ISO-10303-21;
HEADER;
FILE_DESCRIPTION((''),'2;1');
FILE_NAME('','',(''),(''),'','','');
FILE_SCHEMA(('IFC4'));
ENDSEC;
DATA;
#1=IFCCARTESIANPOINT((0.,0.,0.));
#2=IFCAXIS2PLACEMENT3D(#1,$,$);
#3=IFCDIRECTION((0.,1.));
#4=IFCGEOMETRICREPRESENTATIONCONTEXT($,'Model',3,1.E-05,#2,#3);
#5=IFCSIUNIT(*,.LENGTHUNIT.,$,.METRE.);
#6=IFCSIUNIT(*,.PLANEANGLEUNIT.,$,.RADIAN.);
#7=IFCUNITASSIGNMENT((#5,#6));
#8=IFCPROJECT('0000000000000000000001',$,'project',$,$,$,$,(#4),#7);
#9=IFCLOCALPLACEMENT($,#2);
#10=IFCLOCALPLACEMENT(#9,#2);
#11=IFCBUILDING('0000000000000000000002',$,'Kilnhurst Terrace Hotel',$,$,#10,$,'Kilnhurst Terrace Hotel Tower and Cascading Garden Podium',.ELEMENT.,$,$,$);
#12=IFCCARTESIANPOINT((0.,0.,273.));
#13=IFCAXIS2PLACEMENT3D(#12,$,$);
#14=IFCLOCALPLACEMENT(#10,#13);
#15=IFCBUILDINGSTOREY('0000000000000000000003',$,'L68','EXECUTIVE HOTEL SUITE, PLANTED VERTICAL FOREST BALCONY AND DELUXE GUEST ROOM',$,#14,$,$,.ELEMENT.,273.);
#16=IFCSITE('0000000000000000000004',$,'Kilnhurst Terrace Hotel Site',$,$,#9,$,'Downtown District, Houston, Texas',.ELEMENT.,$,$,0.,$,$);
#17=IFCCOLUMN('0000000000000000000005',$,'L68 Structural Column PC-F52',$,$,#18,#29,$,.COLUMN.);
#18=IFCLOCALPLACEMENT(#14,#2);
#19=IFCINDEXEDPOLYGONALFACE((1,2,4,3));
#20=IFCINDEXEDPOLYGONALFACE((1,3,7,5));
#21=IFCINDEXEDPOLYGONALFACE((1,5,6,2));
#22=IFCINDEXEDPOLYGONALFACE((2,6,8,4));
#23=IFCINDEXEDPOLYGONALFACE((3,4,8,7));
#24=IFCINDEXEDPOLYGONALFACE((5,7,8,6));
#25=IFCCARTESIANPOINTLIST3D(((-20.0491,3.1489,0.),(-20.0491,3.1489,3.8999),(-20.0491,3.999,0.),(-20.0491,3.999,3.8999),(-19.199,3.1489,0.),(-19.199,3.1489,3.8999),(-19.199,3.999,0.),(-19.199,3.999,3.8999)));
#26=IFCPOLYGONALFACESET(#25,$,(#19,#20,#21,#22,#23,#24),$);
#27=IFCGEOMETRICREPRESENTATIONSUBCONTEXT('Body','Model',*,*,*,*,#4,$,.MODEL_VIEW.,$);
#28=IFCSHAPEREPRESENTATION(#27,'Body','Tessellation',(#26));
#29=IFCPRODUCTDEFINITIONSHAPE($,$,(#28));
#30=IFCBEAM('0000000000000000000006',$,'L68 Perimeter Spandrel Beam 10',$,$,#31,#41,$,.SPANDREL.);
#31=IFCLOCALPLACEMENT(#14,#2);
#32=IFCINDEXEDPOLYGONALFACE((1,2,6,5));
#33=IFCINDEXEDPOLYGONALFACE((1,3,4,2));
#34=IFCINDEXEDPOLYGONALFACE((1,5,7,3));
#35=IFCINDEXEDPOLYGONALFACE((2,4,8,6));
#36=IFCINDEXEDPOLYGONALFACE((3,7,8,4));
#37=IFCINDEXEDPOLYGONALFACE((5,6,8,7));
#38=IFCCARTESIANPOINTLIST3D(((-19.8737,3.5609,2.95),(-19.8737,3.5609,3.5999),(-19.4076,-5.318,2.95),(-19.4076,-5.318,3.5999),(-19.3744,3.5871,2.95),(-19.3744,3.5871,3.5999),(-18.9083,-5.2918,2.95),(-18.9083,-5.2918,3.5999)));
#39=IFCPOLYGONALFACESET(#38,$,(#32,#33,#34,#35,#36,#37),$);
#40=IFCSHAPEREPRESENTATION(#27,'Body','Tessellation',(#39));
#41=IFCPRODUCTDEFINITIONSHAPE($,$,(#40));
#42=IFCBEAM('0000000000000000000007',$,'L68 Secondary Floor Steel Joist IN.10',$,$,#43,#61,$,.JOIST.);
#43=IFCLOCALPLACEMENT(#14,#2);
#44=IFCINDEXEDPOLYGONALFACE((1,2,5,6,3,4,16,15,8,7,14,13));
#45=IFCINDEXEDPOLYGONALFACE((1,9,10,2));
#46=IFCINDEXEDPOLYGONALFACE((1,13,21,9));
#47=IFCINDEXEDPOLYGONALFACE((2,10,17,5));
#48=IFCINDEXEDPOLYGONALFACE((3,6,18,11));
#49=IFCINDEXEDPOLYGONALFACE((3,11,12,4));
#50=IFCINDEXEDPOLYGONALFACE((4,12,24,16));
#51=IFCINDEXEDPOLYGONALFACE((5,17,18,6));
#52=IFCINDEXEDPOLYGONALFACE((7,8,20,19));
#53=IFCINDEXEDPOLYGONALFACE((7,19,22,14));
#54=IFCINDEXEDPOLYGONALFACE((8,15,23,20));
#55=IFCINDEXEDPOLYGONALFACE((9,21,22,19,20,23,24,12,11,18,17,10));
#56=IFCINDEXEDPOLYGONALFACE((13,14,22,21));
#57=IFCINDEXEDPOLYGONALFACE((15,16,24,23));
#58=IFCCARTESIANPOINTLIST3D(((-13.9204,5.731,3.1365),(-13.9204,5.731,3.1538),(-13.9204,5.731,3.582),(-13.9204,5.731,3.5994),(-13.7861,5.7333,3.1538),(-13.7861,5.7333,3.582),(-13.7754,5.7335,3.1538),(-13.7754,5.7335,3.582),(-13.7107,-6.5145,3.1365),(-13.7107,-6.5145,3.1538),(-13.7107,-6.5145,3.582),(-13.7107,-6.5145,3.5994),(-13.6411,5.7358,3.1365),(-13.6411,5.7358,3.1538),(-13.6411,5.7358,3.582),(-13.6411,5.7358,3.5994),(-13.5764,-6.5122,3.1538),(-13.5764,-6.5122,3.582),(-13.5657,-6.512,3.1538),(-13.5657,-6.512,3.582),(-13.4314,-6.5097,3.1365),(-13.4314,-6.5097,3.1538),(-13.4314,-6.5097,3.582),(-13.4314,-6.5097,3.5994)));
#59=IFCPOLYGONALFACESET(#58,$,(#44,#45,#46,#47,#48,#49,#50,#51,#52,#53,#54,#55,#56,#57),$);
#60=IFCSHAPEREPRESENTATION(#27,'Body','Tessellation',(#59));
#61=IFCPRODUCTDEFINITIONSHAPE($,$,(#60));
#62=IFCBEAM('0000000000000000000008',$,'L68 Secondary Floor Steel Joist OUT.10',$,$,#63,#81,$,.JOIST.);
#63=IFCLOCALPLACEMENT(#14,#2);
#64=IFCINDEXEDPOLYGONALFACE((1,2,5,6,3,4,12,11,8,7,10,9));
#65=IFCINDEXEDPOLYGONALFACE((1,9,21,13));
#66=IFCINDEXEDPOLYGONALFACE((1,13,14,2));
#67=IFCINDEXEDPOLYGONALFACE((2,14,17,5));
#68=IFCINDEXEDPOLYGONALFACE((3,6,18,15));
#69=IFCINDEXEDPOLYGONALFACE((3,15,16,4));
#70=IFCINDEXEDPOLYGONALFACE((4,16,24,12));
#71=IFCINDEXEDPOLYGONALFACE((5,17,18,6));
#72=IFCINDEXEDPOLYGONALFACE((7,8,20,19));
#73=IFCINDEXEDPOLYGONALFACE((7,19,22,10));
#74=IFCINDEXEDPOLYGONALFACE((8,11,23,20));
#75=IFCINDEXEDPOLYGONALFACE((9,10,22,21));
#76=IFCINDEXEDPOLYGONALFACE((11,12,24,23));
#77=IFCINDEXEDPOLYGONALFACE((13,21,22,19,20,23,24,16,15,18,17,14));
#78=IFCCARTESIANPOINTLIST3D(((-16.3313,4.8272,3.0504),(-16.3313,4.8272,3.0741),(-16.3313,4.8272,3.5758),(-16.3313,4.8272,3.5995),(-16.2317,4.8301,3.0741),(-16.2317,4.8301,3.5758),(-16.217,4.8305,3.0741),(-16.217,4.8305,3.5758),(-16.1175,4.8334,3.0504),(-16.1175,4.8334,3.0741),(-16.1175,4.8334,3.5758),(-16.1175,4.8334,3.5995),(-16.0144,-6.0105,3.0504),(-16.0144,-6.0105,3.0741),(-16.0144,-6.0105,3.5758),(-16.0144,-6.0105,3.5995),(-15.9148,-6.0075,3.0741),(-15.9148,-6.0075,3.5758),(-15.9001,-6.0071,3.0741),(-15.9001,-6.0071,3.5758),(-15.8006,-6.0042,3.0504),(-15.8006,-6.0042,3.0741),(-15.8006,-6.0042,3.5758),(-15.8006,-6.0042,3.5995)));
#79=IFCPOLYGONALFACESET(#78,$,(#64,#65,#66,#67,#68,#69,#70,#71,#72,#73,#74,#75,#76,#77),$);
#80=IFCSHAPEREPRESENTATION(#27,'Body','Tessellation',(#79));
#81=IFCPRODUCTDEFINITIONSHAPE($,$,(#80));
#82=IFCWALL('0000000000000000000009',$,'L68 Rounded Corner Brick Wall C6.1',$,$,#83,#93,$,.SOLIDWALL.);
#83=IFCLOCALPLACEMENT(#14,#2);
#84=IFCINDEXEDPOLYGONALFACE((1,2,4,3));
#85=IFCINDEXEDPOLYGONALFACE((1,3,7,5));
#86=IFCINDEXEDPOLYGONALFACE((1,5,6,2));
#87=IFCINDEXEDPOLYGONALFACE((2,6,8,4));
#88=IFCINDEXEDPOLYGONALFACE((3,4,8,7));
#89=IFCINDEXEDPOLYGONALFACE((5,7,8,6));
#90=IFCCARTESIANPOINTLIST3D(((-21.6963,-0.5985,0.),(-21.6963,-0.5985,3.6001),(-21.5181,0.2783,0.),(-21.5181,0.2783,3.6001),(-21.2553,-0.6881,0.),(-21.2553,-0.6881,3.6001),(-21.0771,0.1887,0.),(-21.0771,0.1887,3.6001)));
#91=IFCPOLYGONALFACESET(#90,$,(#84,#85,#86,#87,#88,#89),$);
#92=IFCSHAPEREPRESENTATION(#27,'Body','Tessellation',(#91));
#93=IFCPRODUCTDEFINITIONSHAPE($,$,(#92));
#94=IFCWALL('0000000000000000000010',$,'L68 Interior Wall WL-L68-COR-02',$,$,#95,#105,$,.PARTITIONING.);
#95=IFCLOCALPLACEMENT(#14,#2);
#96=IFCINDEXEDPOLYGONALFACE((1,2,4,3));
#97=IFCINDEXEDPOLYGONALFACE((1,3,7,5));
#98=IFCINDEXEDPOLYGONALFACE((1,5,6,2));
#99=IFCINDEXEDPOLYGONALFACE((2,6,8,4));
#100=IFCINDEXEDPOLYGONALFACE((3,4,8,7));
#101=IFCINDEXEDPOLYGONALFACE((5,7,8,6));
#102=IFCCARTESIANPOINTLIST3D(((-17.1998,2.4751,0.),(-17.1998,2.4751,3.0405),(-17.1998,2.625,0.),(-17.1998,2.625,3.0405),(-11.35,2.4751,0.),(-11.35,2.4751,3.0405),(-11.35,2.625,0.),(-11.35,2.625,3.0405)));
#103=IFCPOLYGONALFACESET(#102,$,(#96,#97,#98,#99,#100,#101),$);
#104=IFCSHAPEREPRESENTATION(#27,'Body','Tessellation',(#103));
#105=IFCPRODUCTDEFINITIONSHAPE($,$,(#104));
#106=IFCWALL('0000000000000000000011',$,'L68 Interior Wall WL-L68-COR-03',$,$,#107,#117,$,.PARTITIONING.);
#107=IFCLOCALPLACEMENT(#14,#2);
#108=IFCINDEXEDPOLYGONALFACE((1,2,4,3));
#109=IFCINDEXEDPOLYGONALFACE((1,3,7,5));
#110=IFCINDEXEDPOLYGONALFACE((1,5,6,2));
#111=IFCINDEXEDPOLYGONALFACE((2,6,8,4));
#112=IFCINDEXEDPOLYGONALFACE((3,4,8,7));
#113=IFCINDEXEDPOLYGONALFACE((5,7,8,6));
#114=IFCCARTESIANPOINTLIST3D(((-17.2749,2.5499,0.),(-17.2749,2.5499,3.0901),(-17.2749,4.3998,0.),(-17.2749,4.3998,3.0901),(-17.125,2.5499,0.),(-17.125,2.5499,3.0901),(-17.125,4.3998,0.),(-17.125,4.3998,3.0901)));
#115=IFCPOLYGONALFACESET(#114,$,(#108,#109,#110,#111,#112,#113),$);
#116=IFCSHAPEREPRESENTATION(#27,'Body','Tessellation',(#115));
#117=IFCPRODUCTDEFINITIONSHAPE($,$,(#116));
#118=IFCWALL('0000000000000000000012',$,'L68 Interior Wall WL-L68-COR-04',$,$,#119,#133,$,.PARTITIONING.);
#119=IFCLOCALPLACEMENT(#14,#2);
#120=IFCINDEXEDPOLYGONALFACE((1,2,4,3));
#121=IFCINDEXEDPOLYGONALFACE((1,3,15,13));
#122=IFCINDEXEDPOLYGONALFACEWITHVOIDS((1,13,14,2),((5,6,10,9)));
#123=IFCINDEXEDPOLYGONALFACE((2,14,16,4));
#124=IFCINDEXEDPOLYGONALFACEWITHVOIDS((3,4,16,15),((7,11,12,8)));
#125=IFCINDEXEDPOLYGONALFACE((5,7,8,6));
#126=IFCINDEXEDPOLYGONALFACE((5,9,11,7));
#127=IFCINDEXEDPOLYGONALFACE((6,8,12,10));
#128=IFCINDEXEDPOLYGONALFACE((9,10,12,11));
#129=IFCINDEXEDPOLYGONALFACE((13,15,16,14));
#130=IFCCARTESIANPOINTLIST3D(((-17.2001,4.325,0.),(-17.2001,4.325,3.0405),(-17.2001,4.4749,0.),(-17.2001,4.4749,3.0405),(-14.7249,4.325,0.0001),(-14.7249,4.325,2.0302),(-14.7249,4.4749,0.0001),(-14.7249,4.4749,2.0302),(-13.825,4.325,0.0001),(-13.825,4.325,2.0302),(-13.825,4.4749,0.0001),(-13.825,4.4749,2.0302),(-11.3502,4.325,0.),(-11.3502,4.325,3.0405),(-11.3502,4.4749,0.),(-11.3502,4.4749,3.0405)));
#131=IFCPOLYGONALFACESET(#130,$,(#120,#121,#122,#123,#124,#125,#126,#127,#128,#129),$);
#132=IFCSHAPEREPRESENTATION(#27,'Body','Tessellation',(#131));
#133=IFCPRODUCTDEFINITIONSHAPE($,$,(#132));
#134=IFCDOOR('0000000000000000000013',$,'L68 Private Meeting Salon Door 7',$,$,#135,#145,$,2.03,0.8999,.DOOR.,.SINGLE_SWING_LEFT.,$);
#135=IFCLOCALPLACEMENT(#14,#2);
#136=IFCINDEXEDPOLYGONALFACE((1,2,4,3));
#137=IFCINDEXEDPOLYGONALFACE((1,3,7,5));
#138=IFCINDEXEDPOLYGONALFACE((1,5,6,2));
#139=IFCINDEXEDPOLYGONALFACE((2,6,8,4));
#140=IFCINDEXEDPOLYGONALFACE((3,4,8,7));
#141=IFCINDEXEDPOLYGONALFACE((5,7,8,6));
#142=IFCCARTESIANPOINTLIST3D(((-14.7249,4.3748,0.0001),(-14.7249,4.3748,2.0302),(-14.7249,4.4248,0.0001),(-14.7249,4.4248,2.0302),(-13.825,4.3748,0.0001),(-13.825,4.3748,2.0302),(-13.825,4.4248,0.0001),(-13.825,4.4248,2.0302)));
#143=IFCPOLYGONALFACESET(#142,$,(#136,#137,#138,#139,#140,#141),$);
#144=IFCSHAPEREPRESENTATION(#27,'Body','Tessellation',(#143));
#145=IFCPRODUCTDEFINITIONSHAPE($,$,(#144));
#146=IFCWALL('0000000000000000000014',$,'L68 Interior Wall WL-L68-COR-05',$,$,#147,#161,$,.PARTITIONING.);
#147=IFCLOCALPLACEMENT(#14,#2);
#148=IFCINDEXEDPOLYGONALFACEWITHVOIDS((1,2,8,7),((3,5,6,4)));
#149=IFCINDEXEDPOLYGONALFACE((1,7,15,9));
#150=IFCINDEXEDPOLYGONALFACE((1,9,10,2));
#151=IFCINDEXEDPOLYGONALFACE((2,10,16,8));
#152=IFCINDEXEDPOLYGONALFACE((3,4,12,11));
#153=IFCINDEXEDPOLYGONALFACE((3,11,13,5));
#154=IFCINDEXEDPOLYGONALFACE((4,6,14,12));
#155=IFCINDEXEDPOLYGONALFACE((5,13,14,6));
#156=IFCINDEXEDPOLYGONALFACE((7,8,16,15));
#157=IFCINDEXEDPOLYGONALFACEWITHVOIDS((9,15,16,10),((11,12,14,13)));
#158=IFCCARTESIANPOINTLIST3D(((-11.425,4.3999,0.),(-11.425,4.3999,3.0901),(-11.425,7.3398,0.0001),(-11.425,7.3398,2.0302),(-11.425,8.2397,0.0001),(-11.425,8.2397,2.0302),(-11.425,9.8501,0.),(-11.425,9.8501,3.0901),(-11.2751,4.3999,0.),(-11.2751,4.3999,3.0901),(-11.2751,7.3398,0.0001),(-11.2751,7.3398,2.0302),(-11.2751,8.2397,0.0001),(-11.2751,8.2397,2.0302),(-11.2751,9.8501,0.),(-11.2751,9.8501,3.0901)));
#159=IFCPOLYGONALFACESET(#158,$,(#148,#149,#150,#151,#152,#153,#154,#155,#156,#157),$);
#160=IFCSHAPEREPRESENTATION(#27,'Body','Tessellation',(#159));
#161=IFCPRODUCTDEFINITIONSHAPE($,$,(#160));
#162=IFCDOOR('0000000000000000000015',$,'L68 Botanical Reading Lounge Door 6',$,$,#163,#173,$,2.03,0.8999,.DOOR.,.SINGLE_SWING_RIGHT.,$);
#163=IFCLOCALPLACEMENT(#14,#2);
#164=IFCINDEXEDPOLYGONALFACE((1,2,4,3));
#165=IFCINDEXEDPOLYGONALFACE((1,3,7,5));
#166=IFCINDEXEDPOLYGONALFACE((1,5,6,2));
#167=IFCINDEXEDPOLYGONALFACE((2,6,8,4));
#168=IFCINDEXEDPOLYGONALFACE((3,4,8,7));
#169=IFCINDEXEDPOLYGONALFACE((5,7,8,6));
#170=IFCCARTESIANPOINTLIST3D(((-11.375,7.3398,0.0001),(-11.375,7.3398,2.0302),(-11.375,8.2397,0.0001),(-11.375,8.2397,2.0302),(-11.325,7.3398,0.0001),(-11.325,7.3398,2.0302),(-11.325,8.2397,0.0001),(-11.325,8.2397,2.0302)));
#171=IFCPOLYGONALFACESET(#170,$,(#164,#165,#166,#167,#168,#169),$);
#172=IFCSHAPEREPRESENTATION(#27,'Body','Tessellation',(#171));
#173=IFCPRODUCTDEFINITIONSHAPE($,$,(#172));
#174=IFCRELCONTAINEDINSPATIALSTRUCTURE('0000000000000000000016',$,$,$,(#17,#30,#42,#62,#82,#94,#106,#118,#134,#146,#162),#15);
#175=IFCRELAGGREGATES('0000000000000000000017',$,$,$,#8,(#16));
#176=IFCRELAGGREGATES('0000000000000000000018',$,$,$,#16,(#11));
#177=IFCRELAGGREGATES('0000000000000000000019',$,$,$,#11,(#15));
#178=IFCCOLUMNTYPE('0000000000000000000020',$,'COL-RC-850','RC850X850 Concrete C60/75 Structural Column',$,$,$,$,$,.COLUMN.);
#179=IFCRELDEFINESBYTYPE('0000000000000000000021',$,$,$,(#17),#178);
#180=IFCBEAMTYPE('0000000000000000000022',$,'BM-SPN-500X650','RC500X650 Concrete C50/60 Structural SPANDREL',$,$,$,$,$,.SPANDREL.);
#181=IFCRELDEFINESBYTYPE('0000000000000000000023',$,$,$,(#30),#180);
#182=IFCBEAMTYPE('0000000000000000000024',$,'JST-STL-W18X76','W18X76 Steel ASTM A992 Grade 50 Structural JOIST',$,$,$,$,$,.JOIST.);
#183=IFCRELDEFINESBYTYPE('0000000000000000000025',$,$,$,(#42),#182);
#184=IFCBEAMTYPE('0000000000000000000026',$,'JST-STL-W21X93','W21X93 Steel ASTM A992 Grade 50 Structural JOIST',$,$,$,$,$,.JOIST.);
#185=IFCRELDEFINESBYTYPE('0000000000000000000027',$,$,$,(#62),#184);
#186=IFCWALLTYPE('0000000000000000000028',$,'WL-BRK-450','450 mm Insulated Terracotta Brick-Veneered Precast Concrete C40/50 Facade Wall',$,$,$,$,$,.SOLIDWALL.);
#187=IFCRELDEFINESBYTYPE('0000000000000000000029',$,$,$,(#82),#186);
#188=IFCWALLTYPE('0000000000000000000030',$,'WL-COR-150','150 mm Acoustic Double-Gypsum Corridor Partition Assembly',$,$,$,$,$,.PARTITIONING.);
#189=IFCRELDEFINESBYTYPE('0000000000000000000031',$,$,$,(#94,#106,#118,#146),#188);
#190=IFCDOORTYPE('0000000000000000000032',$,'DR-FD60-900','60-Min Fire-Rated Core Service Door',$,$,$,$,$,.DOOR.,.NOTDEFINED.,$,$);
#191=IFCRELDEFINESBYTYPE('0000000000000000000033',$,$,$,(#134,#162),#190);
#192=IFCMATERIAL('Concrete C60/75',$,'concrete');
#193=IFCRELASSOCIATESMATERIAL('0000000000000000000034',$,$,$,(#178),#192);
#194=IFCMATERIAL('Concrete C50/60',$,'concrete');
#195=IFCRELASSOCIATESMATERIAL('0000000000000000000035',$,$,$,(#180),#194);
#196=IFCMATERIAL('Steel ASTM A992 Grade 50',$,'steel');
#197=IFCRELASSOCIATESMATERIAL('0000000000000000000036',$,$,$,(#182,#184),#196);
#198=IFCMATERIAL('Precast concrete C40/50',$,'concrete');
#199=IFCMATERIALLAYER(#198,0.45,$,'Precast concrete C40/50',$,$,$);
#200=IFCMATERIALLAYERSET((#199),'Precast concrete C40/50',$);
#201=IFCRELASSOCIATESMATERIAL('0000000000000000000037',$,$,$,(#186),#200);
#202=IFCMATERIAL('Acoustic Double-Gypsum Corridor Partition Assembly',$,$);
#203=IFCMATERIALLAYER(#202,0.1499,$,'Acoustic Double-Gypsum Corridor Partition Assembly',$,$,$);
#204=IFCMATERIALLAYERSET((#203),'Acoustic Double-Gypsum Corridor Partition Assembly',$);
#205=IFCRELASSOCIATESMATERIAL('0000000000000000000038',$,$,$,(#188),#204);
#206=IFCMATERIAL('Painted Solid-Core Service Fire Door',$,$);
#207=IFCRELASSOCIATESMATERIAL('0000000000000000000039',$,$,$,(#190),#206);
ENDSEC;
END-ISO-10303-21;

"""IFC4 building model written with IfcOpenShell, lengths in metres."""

from ifc_helpers import new_model, si_unit, direction, frame, frame_2d, origin, origin_2d, place, context, subcontext, project, spatial, rectangle, i_section, extrude, material, layer, layer_set, material_profile, profile_set, type_object, element, fill, save


model = new_model("IFC4")

# Units and contexts
model_context = context("Model", 3, precision=1e-05, world=origin(), true_north=direction((0.0, 1.0)))
body_context = subcontext(model_context, "Body", "Model", "MODEL_VIEW")
ifc_project = project(units=[si_unit("LENGTHUNIT", "METRE"), si_unit("PLANEANGLEUNIT", "RADIAN")], contexts=[model_context])

# Site, building, storey
site_placement = place(None, origin())
site = spatial("IfcSite", under=ifc_project, at=site_placement, Name="Kilnhurst Terrace Hotel Site", LongName="Downtown District, Houston, Texas", CompositionType="ELEMENT", RefElevation=0.0)
building_placement = place(site_placement, origin())
building = spatial("IfcBuilding", under=site, at=building_placement, Name="Kilnhurst Terrace Hotel", LongName="Kilnhurst Terrace Hotel Tower and Cascading Garden Podium", CompositionType="ELEMENT")
storey_placement = place(building_placement, frame((0.0, 0.0, 273.0)))
storey = spatial("IfcBuildingStorey", under=building, at=storey_placement, Name="L68", Description="EXECUTIVE HOTEL SUITE, PLANTED VERTICAL FOREST BALCONY AND DELUXE GUEST ROOM", CompositionType="ELEMENT", Elevation=273.0)

# Column
ifc_material_1 = material(Name="Concrete C60/75", Category="concrete")
ifc_material_profile_1 = material_profile(ifc_material_1, rectangle(XDim=0.8501, YDim=0.8501, at=origin_2d()), Name="RC850X850")
ifc_profile_set_1 = profile_set([ifc_material_profile_1], Name="Concrete C60/75")
column_type = type_object("IfcColumnType", Name="COL-RC-850", Description="RC850X850 Concrete C60/75 Structural Column", PredefinedType="COLUMN", material=ifc_profile_set_1)
column_placement = place(storey_placement, frame((-19.624, 3.574, 0.0), z_axis=(0.0, 0.0, 1.0), x_axis=(1.0, 0.0, 0.0)))
element("IfcColumn", 1, at=column_placement, inside=storey, type_object=column_type, Name="L68 Structural Column PC-F52", PredefinedType="COLUMN", context=body_context, shape_type="SweptSolid", body=[
    extrude(rectangle(XDim=0.8501, YDim=0.8501, at=origin_2d()), origin(), (0.0, 0.0, 1.0), 3.8999),
])

# Beams
ifc_material_2 = material(Name="Concrete C50/60", Category="concrete")
ifc_material_profile_2 = material_profile(ifc_material_2, rectangle(XDim=0.5, YDim=0.6499, at=origin_2d()), Name="RC500X650")
ifc_profile_set_2 = profile_set([ifc_material_profile_2], Name="Concrete C50/60")
beam_type_1 = type_object("IfcBeamType", Name="BM-SPN-500X650", Description="RC500X650 Concrete C50/60 Structural SPANDREL", PredefinedType="SPANDREL", material=ifc_profile_set_2)
beam_1_placement = place(storey_placement, frame((-19.624, 3.574, 3.2749), z_axis=(0.052419, -0.998625, 0.0), x_axis=(0.998625, 0.052419, 0.0)))
element("IfcBeam", 2, at=beam_1_placement, inside=storey, type_object=beam_type_1, Name="L68 Perimeter Spandrel Beam 10", PredefinedType="SPANDREL", context=body_context, shape_type="SweptSolid", body=[
    extrude(rectangle(XDim=0.5, YDim=0.6499, at=origin_2d()), origin(), (0.0, 0.0, 1.0), 8.8911),
])
ifc_material_3 = material(Name="Steel ASTM A992 Grade 50", Category="steel")
ifc_material_profile_3 = material_profile(ifc_material_3, i_section(OverallWidth=0.2793, OverallDepth=0.4629, WebThickness=0.0107, FlangeThickness=0.0173, at=origin_2d()), Name="W18X76")
ifc_profile_set_3 = profile_set([ifc_material_profile_3], Name="Steel ASTM A992 Grade 50")
beam_type_2 = type_object("IfcBeamType", Name="JST-STL-W18X76", Description="W18X76 Steel ASTM A992 Grade 50 Structural JOIST", PredefinedType="JOIST", material=ifc_profile_set_3)
beam_2_placement = place(storey_placement, frame((-13.7808, 5.7334, 3.3679), z_axis=(0.017123, -0.999853, 0.0), x_axis=(0.999853, 0.017123, 0.0)))
element("IfcBeam", 3, at=beam_2_placement, inside=storey, type_object=beam_type_2, Name="L68 Secondary Floor Steel Joist IN.10", PredefinedType="JOIST", context=body_context, shape_type="SweptSolid", body=[
    extrude(i_section(OverallWidth=0.2793, OverallDepth=0.4629, WebThickness=0.0107, FlangeThickness=0.0173, at=origin_2d()), origin(), (0.0, 0.0, 1.0), 12.2473),
])
ifc_material_profile_4 = material_profile(ifc_material_3, i_section(OverallWidth=0.2139, OverallDepth=0.5491, WebThickness=0.0146, FlangeThickness=0.0237, at=origin_2d()), Name="W21X93")
ifc_profile_set_4 = profile_set([ifc_material_profile_4], Name="Steel ASTM A992 Grade 50")
beam_type_3 = type_object("IfcBeamType", Name="JST-STL-W21X93", Description="W21X93 Steel ASTM A992 Grade 50 Structural JOIST", PredefinedType="JOIST", material=ifc_profile_set_4)
beam_3_placement = place(storey_placement, frame((-16.2244, 4.8303, 3.325), z_axis=(0.029228, -0.999573, 0.0), x_axis=(0.999573, 0.029228, 0.0)))
element("IfcBeam", 4, at=beam_3_placement, inside=storey, type_object=beam_type_3, Name="L68 Secondary Floor Steel Joist OUT.10", PredefinedType="JOIST", context=body_context, shape_type="SweptSolid", body=[
    extrude(i_section(OverallWidth=0.2139, OverallDepth=0.5491, WebThickness=0.0146, FlangeThickness=0.0237, at=origin_2d()), origin(), (0.0, 0.0, 1.0), 10.8423),
])

# Walls
ifc_material_4 = material(Name="Precast concrete C40/50", Category="concrete")
ifc_layer_1 = layer(ifc_material_4, 0.45, Name="Precast concrete C40/50")
ifc_layer_set_1 = layer_set([ifc_layer_1], Name="Precast concrete C40/50")
wall_type_1 = type_object("IfcWallType", Name="WL-BRK-450", Description="450 mm Insulated Terracotta Brick-Veneered Precast Concrete C40/50 Facade Wall", PredefinedType="SOLIDWALL", material=ifc_layer_set_1)
wall_1_placement = place(storey_placement, frame((-21.2976, 0.2334, 0.0), z_axis=(0.0, 0.0, 1.0), x_axis=(-0.199158, -0.979967, 0.0)))
element("IfcWall", 5, at=wall_1_placement, inside=storey, type_object=wall_type_1, Name="L68 Rounded Corner Brick Wall C6.1", PredefinedType="SOLIDWALL", context=body_context, shape_type="SweptSolid", body=[
    extrude(rectangle(XDim=0.8948, YDim=0.45, at=frame_2d((0.4473, 0.0))), origin(), (0.0, 0.0, 1.0), 3.6001),
])
ifc_material_5 = material(Name="Acoustic Double-Gypsum Corridor Partition Assembly")
ifc_layer_2 = layer(ifc_material_5, 0.1499, Name="Acoustic Double-Gypsum Corridor Partition Assembly")
ifc_layer_set_2 = layer_set([ifc_layer_2], Name="Acoustic Double-Gypsum Corridor Partition Assembly")
wall_type_2 = type_object("IfcWallType", Name="WL-COR-150", Description="150 mm Acoustic Double-Gypsum Corridor Partition Assembly", PredefinedType="PARTITIONING", material=ifc_layer_set_2)
wall_2_placement = place(storey_placement, frame((-11.3501, 2.55, 0.0), z_axis=(0.0, 0.0, 1.0), x_axis=(-1.0, 0.0, 0.0)))
element("IfcWall", 6, at=wall_2_placement, inside=storey, type_object=wall_type_2, Name="L68 Interior Wall WL-L68-COR-02", PredefinedType="PARTITIONING", context=body_context, shape_type="SweptSolid", body=[
    extrude(rectangle(XDim=5.8499, YDim=0.1499, at=frame_2d((2.9248, 0.0))), origin(), (0.0, 0.0, 1.0), 3.0405),
])
wall_3_placement = place(storey_placement, frame((-17.2, 2.55, 0.0), z_axis=(0.0, 0.0, 1.0), x_axis=(0.0, 1.0, 0.0)))
element("IfcWall", 7, at=wall_3_placement, inside=storey, type_object=wall_type_2, Name="L68 Interior Wall WL-L68-COR-03", PredefinedType="PARTITIONING", context=body_context, shape_type="SweptSolid", body=[
    extrude(rectangle(XDim=1.8499, YDim=0.1499, at=frame_2d((0.9248, 0.0))), origin(), (0.0, 0.0, 1.0), 3.0901),
])

# Walls, openings, doors
wall_4_placement = place(storey_placement, frame((-17.2, 4.3999, 0.0), z_axis=(0.0, 0.0, 1.0), x_axis=(1.0, 0.0, 0.0)))
wall_4 = element("IfcWall", 8, at=wall_4_placement, inside=storey, type_object=wall_type_2, Name="L68 Interior Wall WL-L68-COR-04", PredefinedType="PARTITIONING", context=body_context, shape_type="SweptSolid", body=[
    extrude(rectangle(XDim=5.8499, YDim=0.1499, at=frame_2d((2.9248, 0.0))), origin(), (0.0, 0.0, 1.0), 3.0405),
])
opening_1_placement = place(wall_4_placement, frame((2.4751, 0.0, 0.0)))
opening_1 = element("IfcOpeningElement", 9, at=opening_1_placement, cuts=wall_4, PredefinedType="OPENING", context=body_context, shape_type="SweptSolid", body=[
    extrude(rectangle(XDim=0.8999, YDim=2.03, at=frame_2d((0.45, 1.0151))), frame((0.0, 0.085, 0.0), z_axis=(0.0, -1.0, 0.0), x_axis=(1.0, 0.0, 0.0)), (0.0, 0.0, 1.0), 0.1699),
])
ifc_material_6 = material(Name="Painted Solid-Core Service Fire Door")
door_type = type_object("IfcDoorType", Name="DR-FD60-900", Description="60-Min Fire-Rated Core Service Door", OperationType="NOTDEFINED", PredefinedType="DOOR", material=ifc_material_6)
door_1_placement = place(opening_1_placement, origin())
door_1 = element("IfcDoor", 10, at=door_1_placement, inside=storey, type_object=door_type, Name="L68 Private Meeting Salon Door 7", OperationType="SINGLE_SWING_LEFT", OverallHeight=2.03, OverallWidth=0.8999, PredefinedType="DOOR", context=body_context, shape_type="SweptSolid", body=[
    extrude(rectangle(XDim=0.8999, YDim=2.03, at=frame_2d((0.45, 1.0151))), frame((0.0, 0.0249, 0.0), z_axis=(0.0, -1.0, 0.0), x_axis=(1.0, 0.0, 0.0)), (0.0, 0.0, 1.0), 0.05),
])
fill(opening_1, door_1)
wall_5_placement = place(storey_placement, frame((-11.3501, 4.3999, 0.0), z_axis=(0.0, 0.0, 1.0), x_axis=(0.0, 1.0, 0.0)))
wall_5 = element("IfcWall", 11, at=wall_5_placement, inside=storey, type_object=wall_type_2, Name="L68 Interior Wall WL-L68-COR-05", PredefinedType="PARTITIONING", context=body_context, shape_type="SweptSolid", body=[
    extrude(rectangle(XDim=5.4502, YDim=0.1499, at=frame_2d((2.7251, 0.0))), origin(), (0.0, 0.0, 1.0), 3.0901),
])
opening_2_placement = place(wall_5_placement, frame((2.9399, 0.0, 0.0)))
opening_2 = element("IfcOpeningElement", 12, at=opening_2_placement, cuts=wall_5, PredefinedType="OPENING", context=body_context, shape_type="SweptSolid", body=[
    extrude(rectangle(XDim=0.8999, YDim=2.03, at=frame_2d((0.45, 1.0151))), frame((0.0, 0.085, 0.0), z_axis=(0.0, -1.0, 0.0), x_axis=(1.0, 0.0, 0.0)), (0.0, 0.0, 1.0), 0.1699),
])
door_2_placement = place(opening_2_placement, origin())
door_2 = element("IfcDoor", 13, at=door_2_placement, inside=storey, type_object=door_type, Name="L68 Botanical Reading Lounge Door 6", OperationType="SINGLE_SWING_RIGHT", OverallHeight=2.03, OverallWidth=0.8999, PredefinedType="DOOR", context=body_context, shape_type="SweptSolid", body=[
    extrude(rectangle(XDim=0.8999, YDim=2.03, at=frame_2d((0.45, 1.0151))), frame((0.0, 0.0249, 0.0), z_axis=(0.0, -1.0, 0.0), x_axis=(1.0, 0.0, 0.0)), (0.0, 0.0, 1.0), 0.05),
])
fill(opening_2, door_2)

save(model, "model.ifc")
